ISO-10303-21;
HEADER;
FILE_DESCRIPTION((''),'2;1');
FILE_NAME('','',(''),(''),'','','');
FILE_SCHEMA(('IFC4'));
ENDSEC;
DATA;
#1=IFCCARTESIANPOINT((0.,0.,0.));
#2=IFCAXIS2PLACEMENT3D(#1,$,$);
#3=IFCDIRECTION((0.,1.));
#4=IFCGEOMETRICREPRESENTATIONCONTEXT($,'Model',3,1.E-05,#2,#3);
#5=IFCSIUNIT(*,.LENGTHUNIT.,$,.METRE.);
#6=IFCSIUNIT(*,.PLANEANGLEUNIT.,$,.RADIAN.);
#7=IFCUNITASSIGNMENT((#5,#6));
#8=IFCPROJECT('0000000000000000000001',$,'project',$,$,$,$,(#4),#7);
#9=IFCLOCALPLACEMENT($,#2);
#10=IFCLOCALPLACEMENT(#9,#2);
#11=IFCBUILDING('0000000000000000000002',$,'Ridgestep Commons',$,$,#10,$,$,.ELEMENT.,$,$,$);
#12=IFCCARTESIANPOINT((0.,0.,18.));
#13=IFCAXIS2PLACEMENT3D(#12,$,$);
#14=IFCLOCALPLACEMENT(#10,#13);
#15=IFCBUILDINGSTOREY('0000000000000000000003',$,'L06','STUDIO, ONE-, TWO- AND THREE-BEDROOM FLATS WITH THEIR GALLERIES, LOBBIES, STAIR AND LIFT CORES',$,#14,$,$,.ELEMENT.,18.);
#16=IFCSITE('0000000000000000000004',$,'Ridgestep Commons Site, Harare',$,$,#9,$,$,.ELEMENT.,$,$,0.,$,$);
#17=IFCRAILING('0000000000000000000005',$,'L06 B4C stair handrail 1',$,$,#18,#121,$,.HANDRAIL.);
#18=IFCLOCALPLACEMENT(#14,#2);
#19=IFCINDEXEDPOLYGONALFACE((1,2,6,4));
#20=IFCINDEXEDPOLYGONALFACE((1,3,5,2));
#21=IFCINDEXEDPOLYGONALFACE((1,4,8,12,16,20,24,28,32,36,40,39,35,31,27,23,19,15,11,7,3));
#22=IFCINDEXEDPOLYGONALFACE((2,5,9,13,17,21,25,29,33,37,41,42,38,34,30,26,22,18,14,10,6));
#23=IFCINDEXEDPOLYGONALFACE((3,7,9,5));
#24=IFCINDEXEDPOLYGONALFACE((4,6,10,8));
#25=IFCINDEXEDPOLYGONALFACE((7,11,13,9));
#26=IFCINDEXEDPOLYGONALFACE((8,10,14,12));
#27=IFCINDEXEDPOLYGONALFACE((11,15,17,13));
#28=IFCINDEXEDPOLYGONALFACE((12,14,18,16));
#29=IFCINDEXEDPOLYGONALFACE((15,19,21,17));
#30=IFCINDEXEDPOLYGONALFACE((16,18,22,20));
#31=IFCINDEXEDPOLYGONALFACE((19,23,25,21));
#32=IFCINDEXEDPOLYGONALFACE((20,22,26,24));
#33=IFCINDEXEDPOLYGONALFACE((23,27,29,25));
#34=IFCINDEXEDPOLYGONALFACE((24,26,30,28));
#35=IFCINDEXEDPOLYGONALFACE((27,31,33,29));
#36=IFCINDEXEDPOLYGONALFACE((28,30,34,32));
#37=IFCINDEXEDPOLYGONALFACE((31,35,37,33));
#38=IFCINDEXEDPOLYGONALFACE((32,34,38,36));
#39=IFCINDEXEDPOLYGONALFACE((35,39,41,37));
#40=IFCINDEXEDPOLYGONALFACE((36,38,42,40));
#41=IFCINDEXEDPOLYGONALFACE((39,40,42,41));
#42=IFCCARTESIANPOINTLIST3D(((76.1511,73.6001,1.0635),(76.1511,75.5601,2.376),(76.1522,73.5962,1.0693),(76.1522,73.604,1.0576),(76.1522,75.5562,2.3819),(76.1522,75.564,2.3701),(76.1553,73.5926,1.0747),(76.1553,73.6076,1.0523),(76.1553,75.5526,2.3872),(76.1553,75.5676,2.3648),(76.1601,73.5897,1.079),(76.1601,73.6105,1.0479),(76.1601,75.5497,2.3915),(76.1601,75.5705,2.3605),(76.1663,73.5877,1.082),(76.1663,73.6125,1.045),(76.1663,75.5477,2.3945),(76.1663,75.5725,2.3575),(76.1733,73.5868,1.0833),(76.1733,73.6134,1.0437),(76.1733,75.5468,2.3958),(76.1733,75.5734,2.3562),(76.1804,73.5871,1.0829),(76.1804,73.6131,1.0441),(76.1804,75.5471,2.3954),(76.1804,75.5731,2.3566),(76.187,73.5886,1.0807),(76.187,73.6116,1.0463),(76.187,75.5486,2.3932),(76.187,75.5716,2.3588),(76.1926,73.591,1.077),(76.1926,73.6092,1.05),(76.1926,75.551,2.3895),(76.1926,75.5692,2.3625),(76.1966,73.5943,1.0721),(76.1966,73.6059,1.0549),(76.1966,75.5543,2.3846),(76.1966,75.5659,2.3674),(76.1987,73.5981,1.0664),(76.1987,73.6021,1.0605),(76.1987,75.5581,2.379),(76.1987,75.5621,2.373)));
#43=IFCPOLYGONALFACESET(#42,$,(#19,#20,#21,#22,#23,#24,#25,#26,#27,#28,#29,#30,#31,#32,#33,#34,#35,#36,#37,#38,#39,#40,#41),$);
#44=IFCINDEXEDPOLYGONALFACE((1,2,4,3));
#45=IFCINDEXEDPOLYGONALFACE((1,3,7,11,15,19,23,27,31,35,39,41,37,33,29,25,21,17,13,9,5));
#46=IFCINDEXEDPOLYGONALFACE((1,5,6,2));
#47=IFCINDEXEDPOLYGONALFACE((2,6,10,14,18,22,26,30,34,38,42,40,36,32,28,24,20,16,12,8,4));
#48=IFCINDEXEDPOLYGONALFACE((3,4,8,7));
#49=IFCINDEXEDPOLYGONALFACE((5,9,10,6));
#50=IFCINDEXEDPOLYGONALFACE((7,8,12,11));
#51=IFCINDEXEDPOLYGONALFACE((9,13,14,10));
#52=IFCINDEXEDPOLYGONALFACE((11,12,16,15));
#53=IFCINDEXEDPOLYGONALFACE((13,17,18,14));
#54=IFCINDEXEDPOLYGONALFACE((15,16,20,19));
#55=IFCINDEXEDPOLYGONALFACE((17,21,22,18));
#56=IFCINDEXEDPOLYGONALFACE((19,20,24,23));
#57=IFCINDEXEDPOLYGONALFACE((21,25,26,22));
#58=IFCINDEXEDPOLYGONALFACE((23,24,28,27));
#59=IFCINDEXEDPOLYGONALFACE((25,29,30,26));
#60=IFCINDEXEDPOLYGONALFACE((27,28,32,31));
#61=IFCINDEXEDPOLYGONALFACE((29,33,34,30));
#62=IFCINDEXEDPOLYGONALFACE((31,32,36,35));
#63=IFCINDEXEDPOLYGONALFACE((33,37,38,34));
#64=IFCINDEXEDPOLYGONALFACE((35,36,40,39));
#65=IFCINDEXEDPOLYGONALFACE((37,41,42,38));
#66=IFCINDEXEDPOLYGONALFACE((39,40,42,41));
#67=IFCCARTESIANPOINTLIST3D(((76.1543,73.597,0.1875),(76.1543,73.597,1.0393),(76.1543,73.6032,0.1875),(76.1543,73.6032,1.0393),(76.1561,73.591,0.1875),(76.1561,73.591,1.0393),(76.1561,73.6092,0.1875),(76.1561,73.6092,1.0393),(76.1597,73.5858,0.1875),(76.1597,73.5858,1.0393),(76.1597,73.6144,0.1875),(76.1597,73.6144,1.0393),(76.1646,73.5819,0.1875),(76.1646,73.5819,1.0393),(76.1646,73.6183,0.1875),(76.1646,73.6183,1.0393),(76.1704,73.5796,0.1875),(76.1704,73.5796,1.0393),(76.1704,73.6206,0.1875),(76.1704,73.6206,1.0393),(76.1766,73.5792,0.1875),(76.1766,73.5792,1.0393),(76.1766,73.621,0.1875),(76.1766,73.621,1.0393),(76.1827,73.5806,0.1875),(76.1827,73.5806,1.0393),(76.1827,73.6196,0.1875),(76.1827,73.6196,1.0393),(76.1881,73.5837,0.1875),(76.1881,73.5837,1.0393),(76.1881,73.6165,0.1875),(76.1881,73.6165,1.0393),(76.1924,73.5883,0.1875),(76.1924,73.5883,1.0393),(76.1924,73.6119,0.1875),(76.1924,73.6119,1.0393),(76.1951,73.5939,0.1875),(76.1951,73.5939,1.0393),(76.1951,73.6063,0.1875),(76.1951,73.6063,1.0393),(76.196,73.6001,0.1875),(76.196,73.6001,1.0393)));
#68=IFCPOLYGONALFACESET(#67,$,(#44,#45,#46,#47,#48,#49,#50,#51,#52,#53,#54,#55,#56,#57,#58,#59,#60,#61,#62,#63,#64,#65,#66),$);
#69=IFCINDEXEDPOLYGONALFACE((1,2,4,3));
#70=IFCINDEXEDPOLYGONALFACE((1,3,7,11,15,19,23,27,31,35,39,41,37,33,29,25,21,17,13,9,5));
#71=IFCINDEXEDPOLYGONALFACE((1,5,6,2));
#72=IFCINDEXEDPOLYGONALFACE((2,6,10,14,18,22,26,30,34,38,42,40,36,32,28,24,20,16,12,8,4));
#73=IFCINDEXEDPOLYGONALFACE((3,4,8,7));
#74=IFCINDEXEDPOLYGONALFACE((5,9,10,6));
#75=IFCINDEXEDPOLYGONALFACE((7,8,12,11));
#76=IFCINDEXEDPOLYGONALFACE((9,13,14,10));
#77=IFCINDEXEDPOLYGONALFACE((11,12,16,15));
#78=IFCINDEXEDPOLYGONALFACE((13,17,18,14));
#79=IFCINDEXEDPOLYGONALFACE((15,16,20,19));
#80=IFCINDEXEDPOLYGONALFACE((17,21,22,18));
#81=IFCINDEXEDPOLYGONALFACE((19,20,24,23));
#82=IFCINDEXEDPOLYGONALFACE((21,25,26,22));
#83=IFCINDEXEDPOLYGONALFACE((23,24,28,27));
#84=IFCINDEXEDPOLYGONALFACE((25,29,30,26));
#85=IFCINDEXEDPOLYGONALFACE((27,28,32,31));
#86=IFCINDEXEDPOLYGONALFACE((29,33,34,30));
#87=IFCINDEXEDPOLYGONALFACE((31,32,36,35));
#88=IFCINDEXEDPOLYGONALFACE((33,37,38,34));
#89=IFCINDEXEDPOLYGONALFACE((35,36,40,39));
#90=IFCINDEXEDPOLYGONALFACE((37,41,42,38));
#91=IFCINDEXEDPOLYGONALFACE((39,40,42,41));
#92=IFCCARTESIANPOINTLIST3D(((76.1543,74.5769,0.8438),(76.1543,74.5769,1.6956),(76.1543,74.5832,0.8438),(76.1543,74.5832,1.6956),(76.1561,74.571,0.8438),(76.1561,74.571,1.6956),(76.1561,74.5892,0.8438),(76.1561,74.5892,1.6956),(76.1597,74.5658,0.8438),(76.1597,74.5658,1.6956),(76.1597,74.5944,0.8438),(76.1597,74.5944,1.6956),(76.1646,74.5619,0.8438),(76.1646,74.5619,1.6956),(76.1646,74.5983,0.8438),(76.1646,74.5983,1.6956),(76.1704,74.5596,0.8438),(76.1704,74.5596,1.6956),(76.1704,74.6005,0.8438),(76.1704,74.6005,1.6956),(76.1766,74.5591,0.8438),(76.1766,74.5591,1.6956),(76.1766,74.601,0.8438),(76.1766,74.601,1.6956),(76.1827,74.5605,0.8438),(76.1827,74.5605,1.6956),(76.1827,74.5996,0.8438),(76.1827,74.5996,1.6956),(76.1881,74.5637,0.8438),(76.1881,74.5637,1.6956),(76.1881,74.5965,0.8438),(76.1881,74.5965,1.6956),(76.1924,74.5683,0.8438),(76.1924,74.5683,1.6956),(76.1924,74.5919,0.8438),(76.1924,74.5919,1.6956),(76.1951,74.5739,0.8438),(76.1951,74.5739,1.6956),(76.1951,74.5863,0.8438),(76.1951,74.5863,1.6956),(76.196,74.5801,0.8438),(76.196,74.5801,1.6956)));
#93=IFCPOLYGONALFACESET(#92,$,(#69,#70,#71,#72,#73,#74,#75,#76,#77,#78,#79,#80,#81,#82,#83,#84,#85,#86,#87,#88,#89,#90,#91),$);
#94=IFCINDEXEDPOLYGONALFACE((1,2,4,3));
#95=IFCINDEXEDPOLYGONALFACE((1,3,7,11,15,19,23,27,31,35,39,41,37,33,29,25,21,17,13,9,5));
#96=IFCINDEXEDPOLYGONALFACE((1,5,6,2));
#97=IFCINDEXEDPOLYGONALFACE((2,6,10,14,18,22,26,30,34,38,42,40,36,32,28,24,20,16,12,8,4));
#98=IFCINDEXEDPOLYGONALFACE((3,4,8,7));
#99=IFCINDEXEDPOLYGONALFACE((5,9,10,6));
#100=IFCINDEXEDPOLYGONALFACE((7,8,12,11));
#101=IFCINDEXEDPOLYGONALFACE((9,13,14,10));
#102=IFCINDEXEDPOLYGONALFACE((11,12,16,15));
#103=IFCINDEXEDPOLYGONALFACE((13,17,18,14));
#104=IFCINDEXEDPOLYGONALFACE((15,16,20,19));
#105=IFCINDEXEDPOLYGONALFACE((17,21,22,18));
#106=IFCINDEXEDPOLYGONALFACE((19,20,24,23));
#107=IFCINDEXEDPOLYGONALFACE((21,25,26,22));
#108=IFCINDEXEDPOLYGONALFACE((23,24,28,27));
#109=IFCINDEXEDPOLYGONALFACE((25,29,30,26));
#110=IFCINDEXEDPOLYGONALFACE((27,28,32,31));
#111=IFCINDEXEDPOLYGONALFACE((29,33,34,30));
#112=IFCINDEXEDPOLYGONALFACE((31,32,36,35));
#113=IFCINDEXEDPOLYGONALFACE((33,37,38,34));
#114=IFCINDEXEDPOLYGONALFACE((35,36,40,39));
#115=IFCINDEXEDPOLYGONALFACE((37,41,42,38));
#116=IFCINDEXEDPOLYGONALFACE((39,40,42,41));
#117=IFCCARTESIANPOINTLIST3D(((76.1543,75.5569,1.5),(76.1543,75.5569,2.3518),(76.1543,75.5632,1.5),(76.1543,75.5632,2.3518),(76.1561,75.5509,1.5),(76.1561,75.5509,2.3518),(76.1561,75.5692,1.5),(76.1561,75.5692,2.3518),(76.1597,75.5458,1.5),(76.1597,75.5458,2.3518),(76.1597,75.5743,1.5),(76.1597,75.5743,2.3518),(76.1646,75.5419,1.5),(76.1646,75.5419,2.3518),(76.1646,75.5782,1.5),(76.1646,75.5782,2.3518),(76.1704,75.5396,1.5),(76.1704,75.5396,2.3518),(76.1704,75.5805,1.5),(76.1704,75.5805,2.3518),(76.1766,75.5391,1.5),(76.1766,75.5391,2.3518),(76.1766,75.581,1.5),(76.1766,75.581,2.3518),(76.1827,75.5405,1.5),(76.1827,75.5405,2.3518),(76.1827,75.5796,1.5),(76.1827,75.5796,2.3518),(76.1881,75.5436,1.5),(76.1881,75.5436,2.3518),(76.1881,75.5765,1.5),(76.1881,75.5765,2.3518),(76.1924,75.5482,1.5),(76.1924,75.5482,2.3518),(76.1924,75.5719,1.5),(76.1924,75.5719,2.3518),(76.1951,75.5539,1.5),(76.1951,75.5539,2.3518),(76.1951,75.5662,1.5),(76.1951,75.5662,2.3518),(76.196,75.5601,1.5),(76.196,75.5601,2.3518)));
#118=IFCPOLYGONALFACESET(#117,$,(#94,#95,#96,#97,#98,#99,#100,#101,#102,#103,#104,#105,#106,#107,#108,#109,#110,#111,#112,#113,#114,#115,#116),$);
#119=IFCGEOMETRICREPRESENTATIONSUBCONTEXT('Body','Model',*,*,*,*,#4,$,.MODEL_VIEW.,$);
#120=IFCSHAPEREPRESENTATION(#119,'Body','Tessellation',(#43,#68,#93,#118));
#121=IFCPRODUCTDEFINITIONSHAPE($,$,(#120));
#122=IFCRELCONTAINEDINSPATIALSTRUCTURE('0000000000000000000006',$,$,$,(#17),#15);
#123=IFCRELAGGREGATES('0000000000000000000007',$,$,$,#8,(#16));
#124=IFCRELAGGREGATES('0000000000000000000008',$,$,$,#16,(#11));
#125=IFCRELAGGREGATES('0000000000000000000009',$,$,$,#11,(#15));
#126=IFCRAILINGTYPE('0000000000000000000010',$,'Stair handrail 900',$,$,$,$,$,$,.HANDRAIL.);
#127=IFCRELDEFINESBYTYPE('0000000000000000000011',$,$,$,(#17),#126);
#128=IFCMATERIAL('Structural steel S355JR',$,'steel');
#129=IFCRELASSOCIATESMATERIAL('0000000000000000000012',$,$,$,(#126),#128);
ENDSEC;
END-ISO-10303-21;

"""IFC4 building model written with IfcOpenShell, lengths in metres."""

from ifc_helpers import new_model, si_unit, direction, frame, origin, origin_2d, place, context, subcontext, project, spatial, circle, extrude, material, type_object, element, save


model = new_model("IFC4")

# Units and contexts
model_context = context("Model", 3, precision=1e-05, world=origin(), true_north=direction((0.0, 1.0)))
body_context = subcontext(model_context, "Body", "Model", "MODEL_VIEW")
ifc_project = project(units=[si_unit("LENGTHUNIT", "METRE"), si_unit("PLANEANGLEUNIT", "RADIAN")], contexts=[model_context])

# Site, building, storey
site_placement = place(None, origin())
site = spatial("IfcSite", under=ifc_project, at=site_placement, Name="Ridgestep Commons Site, Harare", CompositionType="ELEMENT", RefElevation=0.0)
building_placement = place(site_placement, origin())
building = spatial("IfcBuilding", under=site, at=building_placement, Name="Ridgestep Commons", CompositionType="ELEMENT")
storey_placement = place(building_placement, frame((0.0, 0.0, 18.0)))
storey = spatial("IfcBuildingStorey", under=building, at=storey_placement, Name="L06", Description="STUDIO, ONE-, TWO- AND THREE-BEDROOM FLATS WITH THEIR GALLERIES, LOBBIES, STAIR AND LIFT CORES", CompositionType="ELEMENT", Elevation=18.0)

# Railing
ifc_material_1 = material(Name="Structural steel S355JR", Category="steel")
railing_type_1 = type_object("IfcRailingType", Name="Stair handrail 900", PredefinedType="HANDRAIL", material=ifc_material_1)
railing_1_placement = place(storey_placement, frame((76.175, 73.6001, 0.1875)))
element("IfcRailing", 1, at=railing_1_placement, inside=storey, type_object=railing_type_1, Name="L06 B4C stair handrail 1", PredefinedType="HANDRAIL", context=body_context, shape_type="SweptSolid", body=[
    extrude(circle(Radius=0.0239, at=origin_2d()), frame((0.0, 0.0, 0.876), z_axis=(0.0, 0.830902, 0.556419), x_axis=(-1.0, 0.0, 0.0)), (0.0, 0.0, 1.0), 2.3589),
    extrude(circle(Radius=0.021, at=origin_2d()), origin(), (0.0, 0.0, 1.0), 0.8518),
    extrude(circle(Radius=0.021, at=origin_2d()), frame((0.0, 0.98, 0.6562)), (0.0, 0.0, 1.0), 0.8518),
    extrude(circle(Radius=0.021, at=origin_2d()), frame((0.0, 1.96, 1.3125)), (0.0, 0.0, 1.0), 0.8518),
])

save(model, "model.ifc")
